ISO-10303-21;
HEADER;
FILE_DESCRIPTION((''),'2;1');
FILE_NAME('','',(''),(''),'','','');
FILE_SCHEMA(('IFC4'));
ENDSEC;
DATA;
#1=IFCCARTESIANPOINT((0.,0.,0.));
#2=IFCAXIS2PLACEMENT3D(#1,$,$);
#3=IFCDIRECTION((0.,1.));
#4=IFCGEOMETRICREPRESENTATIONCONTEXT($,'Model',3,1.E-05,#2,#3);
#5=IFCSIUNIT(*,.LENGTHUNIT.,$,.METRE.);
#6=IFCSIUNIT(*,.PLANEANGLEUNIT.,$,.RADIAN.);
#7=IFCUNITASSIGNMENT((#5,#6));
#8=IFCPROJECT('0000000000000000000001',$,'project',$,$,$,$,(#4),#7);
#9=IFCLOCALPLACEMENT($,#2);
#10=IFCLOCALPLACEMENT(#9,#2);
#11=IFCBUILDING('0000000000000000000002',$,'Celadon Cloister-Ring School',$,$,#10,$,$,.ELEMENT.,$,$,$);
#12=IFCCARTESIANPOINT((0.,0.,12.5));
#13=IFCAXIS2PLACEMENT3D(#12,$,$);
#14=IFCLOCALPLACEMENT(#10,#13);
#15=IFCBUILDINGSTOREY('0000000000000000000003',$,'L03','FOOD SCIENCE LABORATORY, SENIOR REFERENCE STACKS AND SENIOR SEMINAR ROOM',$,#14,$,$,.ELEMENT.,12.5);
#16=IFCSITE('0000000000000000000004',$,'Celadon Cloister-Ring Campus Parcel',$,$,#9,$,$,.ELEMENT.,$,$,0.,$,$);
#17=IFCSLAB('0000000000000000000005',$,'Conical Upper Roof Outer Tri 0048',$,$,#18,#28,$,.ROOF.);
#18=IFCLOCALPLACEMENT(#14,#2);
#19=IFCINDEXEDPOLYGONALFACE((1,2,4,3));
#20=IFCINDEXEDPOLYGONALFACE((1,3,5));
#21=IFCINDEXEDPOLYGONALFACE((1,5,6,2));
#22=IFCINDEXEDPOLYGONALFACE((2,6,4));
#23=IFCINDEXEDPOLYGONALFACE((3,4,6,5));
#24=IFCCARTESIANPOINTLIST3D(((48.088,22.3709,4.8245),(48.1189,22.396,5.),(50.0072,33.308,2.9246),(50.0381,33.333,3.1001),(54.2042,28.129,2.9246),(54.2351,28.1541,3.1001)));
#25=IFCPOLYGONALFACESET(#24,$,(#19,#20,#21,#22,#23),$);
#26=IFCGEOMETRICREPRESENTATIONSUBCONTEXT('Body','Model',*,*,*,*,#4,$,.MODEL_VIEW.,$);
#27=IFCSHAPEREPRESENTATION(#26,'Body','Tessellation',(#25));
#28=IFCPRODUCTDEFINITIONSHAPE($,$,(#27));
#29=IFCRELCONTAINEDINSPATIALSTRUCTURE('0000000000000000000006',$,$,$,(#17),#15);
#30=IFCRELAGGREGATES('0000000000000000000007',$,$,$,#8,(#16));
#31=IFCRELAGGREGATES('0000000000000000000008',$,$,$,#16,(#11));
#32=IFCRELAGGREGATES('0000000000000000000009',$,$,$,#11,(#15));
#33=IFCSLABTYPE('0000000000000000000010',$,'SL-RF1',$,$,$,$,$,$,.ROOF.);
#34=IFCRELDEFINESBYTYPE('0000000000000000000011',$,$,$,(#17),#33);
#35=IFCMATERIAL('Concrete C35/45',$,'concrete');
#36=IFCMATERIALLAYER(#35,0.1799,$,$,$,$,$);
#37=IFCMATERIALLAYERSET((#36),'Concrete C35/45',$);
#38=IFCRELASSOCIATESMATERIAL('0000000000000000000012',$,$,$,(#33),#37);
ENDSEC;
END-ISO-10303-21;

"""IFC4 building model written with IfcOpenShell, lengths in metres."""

from ifc_helpers import new_model, si_unit, direction, frame, origin, place, context, subcontext, project, spatial, polyline, outline, extrude, material, layer, layer_set, type_object, element, save


model = new_model("IFC4")

# Units and contexts
model_context = context("Model", 3, precision=1e-05, world=origin(), true_north=direction((0.0, 1.0)))
body_context = subcontext(model_context, "Body", "Model", "MODEL_VIEW")
ifc_project = project(units=[si_unit("LENGTHUNIT", "METRE"), si_unit("PLANEANGLEUNIT", "RADIAN")], contexts=[model_context])

# Site, building, storey
site_placement = place(None, origin())
site = spatial("IfcSite", under=ifc_project, at=site_placement, Name="Celadon Cloister-Ring Campus Parcel", CompositionType="ELEMENT", RefElevation=0.0)
building_placement = place(site_placement, origin())
building = spatial("IfcBuilding", under=site, at=building_placement, Name="Celadon Cloister-Ring School", CompositionType="ELEMENT")
storey_placement = place(building_placement, frame((0.0, 0.0, 12.5)))
storey = spatial("IfcBuildingStorey", under=building, at=storey_placement, Name="L03", Description="FOOD SCIENCE LABORATORY, SENIOR REFERENCE STACKS AND SENIOR SEMINAR ROOM", CompositionType="ELEMENT", Elevation=12.5)

# Slab
ifc_material_1 = material(Name="Concrete C35/45", Category="concrete")
ifc_layer_1 = layer(ifc_material_1, 0.1799)
ifc_layer_set_1 = layer_set([ifc_layer_1], Name="Concrete C35/45")
slab_type = type_object("IfcSlabType", Name="SL-RF1", PredefinedType="ROOF", material=ifc_layer_set_1)
slab_1_placement = place(storey_placement, frame((50.0381, 33.333, 3.1001), z_axis=(0.171838, 0.139257, 0.975233), x_axis=(-0.17036, -0.970843, 0.168648)))
element("IfcSlab", 1, at=slab_1_placement, inside=storey, type_object=slab_type, Name="Conical Upper Roof Outer Tri 0048", PredefinedType="ROOF", context=body_context, shape_type="SweptSolid", body=[
    extrude(outline(polyline([(0.0, 0.0), (11.2655, 0.0), (4.3129, 5.0828), (0.0, 0.0)])), origin(), (0.0, 0.0, -1.0), 0.1799),
])

save(model, "model.ifc")
